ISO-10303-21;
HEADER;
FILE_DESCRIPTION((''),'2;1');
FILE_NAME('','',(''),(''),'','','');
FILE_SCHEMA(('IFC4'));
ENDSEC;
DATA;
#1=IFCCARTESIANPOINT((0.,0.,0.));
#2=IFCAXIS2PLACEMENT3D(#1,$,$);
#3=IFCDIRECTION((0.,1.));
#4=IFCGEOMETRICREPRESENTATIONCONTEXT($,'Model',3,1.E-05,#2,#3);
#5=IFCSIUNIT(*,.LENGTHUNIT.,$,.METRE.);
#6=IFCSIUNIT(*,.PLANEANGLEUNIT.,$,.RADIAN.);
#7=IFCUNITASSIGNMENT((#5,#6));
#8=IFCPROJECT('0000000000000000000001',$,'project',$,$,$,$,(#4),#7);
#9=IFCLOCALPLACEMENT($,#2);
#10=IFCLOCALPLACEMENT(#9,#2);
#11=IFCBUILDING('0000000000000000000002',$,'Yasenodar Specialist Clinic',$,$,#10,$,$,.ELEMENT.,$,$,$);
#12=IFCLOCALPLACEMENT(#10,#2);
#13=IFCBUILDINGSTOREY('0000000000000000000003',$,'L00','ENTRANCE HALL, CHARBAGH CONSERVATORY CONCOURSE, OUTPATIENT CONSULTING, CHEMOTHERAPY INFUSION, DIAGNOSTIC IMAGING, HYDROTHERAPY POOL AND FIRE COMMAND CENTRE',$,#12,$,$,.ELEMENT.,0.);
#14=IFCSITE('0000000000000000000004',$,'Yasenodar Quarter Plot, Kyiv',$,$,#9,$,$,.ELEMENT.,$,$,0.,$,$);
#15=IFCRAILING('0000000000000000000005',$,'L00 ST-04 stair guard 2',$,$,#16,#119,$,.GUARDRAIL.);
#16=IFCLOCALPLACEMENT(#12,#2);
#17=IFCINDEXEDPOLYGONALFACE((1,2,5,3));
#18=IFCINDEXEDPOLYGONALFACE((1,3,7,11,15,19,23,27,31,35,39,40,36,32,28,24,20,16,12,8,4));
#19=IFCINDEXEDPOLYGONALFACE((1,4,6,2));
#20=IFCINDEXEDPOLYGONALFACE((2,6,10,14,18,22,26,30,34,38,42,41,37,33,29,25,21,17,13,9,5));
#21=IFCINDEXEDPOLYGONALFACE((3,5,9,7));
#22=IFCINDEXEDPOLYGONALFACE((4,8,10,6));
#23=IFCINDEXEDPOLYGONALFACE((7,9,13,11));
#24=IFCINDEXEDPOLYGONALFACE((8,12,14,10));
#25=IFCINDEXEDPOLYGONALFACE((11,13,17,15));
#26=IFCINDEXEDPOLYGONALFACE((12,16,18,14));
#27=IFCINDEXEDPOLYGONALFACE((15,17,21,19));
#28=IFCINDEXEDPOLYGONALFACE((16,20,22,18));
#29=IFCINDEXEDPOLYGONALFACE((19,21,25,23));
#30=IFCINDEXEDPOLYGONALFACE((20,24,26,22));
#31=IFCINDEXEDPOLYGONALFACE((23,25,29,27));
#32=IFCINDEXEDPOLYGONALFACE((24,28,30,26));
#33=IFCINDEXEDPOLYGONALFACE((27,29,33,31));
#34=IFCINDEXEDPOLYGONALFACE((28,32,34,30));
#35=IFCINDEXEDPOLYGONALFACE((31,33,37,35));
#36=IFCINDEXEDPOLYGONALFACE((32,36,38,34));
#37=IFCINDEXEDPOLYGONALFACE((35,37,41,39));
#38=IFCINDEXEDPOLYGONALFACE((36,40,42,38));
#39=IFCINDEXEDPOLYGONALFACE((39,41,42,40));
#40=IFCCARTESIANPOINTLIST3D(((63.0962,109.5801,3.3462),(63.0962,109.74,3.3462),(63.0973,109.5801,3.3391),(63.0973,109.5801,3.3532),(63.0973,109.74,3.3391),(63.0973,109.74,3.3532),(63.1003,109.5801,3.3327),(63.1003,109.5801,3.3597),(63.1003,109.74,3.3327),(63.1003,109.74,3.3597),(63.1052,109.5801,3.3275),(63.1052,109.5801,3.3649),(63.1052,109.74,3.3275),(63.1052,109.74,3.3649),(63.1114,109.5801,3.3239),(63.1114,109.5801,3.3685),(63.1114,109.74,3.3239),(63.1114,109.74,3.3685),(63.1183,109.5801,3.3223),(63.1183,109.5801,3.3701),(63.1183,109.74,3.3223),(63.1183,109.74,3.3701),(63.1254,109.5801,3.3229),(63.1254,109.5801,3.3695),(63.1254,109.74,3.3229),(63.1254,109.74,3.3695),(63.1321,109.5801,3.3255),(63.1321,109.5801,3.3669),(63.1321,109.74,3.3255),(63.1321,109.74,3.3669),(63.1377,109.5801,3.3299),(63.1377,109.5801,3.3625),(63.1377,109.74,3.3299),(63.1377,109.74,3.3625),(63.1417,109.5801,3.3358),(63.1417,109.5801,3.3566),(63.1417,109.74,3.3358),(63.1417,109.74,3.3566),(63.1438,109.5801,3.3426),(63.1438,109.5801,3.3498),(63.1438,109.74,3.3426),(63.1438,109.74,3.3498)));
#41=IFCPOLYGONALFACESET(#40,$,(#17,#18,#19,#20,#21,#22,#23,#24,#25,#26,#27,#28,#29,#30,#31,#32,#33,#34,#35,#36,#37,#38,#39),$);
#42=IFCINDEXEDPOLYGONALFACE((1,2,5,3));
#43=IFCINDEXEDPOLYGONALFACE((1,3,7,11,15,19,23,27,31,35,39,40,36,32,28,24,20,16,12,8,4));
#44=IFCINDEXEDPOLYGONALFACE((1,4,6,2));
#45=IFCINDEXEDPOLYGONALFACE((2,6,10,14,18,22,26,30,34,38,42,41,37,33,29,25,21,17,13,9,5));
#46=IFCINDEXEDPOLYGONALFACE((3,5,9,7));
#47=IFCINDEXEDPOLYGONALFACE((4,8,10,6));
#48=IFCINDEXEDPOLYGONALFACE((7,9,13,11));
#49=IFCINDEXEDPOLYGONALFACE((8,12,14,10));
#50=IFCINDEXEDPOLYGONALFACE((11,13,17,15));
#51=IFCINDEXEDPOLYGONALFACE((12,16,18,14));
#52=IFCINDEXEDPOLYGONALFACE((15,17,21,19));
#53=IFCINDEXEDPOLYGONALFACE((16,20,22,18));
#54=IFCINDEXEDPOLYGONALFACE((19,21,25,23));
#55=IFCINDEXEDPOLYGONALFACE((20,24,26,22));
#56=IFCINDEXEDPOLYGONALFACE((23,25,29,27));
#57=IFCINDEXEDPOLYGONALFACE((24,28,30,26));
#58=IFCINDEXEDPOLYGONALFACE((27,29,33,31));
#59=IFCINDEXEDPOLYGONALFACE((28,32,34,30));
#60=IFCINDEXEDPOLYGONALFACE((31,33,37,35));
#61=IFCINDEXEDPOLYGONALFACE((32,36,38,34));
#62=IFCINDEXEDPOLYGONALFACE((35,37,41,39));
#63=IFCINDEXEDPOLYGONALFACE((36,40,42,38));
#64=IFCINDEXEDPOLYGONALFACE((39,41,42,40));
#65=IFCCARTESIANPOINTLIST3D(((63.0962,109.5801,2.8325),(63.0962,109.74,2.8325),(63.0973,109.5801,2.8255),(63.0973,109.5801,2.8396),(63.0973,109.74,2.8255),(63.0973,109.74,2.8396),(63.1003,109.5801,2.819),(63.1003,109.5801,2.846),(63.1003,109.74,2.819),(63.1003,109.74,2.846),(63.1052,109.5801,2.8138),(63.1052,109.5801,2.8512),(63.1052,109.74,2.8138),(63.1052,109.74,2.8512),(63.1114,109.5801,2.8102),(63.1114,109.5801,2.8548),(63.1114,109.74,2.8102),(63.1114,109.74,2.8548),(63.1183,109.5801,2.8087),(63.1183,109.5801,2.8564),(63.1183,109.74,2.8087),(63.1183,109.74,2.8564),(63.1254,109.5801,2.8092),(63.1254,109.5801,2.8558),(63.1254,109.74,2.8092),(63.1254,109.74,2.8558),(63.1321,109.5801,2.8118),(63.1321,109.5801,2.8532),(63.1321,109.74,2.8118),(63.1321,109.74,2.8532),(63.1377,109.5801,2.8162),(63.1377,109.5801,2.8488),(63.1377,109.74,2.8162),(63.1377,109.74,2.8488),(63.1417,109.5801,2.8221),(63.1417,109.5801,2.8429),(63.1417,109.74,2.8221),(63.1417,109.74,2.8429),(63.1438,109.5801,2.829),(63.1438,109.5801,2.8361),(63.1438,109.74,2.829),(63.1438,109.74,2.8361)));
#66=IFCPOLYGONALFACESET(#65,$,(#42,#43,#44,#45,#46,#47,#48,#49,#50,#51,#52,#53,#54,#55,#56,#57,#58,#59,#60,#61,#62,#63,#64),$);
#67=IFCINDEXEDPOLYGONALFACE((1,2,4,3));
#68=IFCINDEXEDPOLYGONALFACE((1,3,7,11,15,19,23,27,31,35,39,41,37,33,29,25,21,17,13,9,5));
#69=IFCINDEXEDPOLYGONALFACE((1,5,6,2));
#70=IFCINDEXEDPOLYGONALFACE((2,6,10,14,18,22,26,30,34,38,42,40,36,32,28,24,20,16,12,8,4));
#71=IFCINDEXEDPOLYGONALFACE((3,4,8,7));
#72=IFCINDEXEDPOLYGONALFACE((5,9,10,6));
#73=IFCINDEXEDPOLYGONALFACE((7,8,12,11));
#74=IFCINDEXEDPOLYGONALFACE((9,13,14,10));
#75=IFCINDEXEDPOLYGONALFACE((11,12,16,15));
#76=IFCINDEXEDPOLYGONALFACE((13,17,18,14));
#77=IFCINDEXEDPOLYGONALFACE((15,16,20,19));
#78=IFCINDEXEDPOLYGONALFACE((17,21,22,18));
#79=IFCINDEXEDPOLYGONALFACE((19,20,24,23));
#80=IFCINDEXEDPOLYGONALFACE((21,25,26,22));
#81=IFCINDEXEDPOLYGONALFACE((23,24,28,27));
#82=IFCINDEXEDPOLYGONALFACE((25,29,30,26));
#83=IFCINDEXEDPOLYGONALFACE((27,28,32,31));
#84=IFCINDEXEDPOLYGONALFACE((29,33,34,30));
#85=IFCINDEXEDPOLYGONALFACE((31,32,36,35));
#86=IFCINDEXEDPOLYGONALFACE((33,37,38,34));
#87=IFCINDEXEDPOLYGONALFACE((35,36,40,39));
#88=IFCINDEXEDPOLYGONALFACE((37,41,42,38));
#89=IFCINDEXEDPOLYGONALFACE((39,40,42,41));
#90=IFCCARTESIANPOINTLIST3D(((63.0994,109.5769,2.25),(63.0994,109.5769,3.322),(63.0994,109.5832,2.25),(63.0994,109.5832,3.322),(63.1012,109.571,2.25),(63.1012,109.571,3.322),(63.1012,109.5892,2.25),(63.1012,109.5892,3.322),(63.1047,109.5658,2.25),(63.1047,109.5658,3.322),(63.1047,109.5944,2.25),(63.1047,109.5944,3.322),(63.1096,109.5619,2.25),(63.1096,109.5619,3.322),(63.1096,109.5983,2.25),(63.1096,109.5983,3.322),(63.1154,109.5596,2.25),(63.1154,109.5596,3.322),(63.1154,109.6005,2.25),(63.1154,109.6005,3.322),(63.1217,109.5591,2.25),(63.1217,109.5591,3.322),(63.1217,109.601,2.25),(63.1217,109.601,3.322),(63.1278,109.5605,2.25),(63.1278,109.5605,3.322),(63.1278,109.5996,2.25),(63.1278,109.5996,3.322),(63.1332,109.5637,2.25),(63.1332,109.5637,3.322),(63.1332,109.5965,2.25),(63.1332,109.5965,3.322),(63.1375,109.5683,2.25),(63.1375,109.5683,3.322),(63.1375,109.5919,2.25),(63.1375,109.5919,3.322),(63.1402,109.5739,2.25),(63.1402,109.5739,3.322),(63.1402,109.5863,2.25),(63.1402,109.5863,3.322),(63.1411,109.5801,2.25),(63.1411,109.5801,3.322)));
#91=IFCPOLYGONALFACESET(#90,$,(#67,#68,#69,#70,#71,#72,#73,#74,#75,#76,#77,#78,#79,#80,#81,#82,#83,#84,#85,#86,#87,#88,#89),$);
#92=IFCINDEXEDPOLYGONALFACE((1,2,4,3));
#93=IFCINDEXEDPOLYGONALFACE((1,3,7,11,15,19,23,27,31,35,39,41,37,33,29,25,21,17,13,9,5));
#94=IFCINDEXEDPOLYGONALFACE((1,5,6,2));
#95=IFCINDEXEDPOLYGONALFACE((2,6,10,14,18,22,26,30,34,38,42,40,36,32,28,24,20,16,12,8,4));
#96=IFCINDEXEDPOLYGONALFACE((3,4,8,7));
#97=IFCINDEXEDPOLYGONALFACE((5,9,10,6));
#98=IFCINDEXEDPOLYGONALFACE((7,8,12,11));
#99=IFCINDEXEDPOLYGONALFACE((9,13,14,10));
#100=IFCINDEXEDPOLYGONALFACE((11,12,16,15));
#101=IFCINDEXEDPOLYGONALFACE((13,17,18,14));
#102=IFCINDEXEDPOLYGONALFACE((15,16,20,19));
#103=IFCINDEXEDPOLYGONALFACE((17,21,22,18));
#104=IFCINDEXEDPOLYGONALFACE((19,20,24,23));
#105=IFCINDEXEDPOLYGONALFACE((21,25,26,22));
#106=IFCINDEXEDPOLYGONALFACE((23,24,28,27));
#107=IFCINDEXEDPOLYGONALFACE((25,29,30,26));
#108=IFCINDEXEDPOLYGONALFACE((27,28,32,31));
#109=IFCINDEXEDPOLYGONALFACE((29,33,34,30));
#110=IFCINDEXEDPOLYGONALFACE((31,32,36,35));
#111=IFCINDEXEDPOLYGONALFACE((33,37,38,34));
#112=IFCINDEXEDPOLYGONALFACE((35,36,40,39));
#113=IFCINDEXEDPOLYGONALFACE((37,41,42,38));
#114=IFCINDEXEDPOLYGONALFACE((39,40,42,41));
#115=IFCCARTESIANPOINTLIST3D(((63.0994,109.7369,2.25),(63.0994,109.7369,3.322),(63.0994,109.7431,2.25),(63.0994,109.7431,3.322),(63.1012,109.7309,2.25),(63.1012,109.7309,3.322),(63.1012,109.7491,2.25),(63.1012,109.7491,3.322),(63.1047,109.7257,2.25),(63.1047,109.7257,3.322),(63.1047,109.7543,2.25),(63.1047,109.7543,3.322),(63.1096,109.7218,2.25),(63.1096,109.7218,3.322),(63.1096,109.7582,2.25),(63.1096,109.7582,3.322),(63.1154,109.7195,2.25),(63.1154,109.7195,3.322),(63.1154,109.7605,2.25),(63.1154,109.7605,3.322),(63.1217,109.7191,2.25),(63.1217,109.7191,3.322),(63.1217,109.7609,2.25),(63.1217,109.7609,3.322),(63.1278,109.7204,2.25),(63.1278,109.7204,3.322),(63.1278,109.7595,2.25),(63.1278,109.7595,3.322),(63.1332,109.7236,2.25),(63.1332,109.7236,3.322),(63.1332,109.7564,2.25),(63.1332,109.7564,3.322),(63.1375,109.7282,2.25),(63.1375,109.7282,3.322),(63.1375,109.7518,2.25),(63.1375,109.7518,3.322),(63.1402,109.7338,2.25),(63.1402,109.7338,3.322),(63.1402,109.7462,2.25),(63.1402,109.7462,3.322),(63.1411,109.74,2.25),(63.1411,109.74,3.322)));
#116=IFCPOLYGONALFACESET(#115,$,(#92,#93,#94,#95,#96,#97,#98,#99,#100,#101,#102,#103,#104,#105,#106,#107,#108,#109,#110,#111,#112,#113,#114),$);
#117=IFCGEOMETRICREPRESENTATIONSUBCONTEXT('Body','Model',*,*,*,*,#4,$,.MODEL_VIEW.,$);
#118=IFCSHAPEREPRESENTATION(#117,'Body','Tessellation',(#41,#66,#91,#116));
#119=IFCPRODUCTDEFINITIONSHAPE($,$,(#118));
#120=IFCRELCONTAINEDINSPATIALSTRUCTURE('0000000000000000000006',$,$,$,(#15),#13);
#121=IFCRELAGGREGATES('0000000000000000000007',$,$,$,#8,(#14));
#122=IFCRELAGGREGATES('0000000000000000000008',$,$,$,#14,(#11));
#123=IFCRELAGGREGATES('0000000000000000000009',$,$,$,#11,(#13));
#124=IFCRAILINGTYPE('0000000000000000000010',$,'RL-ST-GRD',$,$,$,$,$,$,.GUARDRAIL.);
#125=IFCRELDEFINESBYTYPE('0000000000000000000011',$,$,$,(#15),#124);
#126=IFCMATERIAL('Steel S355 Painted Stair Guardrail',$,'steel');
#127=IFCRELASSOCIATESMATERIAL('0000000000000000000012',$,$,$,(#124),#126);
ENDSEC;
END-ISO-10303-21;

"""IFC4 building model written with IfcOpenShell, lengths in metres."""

from ifc_helpers import new_model, si_unit, direction, frame, origin, origin_2d, place, context, subcontext, project, spatial, circle, extrude, material, type_object, element, save


model = new_model("IFC4")

# Units and contexts
model_context = context("Model", 3, precision=1e-05, world=origin(), true_north=direction((0.0, 1.0)))
body_context = subcontext(model_context, "Body", "Model", "MODEL_VIEW")
ifc_project = project(units=[si_unit("LENGTHUNIT", "METRE"), si_unit("PLANEANGLEUNIT", "RADIAN")], contexts=[model_context])

# Site, building, storey
site_placement = place(None, origin())
site = spatial("IfcSite", under=ifc_project, at=site_placement, Name="Yasenodar Quarter Plot, Kyiv", CompositionType="ELEMENT", RefElevation=0.0)
building_placement = place(site_placement, origin())
building = spatial("IfcBuilding", under=site, at=building_placement, Name="Yasenodar Specialist Clinic", CompositionType="ELEMENT")
storey_placement = place(building_placement, origin())
storey = spatial("IfcBuildingStorey", under=building, at=storey_placement, Name="L00", Description="ENTRANCE HALL, CHARBAGH CONSERVATORY CONCOURSE, OUTPATIENT CONSULTING, CHEMOTHERAPY INFUSION, DIAGNOSTIC IMAGING, HYDROTHERAPY POOL AND FIRE COMMAND CENTRE", CompositionType="ELEMENT", Elevation=0.0)

# Railing
ifc_material_1 = material(Name="Steel S355 Painted Stair Guardrail", Category="steel")
railing_type_1 = type_object("IfcRailingType", Name="RL-ST-GRD", PredefinedType="GUARDRAIL", material=ifc_material_1)
railing_1_placement = place(storey_placement, frame((63.1201, 109.5801, 2.25)))
element("IfcRailing", 1, at=railing_1_placement, inside=storey, type_object=railing_type_1, Name="L00 ST-04 stair guard 2", PredefinedType="GUARDRAIL", context=body_context, shape_type="SweptSolid", body=[
    extrude(circle(Radius=0.0239, at=origin_2d()), frame((0.0, 0.0, 1.0962), z_axis=(0.0, 1.0, 0.0), x_axis=(-1.0, 0.0, 0.0)), (0.0, 0.0, 1.0), 0.1599),
    extrude(circle(Radius=0.0239, at=origin_2d()), frame((0.0, 0.0, 0.5825), z_axis=(0.0, 1.0, 0.0), x_axis=(-1.0, 0.0, 0.0)), (0.0, 0.0, 1.0), 0.1599),
    extrude(circle(Radius=0.021, at=origin_2d()), origin(), (0.0, 0.0, 1.0), 1.072),
    extrude(circle(Radius=0.021, at=origin_2d()), frame((0.0, 0.1599, 0.0)), (0.0, 0.0, 1.0), 1.072),
])

save(model, "model.ifc")
